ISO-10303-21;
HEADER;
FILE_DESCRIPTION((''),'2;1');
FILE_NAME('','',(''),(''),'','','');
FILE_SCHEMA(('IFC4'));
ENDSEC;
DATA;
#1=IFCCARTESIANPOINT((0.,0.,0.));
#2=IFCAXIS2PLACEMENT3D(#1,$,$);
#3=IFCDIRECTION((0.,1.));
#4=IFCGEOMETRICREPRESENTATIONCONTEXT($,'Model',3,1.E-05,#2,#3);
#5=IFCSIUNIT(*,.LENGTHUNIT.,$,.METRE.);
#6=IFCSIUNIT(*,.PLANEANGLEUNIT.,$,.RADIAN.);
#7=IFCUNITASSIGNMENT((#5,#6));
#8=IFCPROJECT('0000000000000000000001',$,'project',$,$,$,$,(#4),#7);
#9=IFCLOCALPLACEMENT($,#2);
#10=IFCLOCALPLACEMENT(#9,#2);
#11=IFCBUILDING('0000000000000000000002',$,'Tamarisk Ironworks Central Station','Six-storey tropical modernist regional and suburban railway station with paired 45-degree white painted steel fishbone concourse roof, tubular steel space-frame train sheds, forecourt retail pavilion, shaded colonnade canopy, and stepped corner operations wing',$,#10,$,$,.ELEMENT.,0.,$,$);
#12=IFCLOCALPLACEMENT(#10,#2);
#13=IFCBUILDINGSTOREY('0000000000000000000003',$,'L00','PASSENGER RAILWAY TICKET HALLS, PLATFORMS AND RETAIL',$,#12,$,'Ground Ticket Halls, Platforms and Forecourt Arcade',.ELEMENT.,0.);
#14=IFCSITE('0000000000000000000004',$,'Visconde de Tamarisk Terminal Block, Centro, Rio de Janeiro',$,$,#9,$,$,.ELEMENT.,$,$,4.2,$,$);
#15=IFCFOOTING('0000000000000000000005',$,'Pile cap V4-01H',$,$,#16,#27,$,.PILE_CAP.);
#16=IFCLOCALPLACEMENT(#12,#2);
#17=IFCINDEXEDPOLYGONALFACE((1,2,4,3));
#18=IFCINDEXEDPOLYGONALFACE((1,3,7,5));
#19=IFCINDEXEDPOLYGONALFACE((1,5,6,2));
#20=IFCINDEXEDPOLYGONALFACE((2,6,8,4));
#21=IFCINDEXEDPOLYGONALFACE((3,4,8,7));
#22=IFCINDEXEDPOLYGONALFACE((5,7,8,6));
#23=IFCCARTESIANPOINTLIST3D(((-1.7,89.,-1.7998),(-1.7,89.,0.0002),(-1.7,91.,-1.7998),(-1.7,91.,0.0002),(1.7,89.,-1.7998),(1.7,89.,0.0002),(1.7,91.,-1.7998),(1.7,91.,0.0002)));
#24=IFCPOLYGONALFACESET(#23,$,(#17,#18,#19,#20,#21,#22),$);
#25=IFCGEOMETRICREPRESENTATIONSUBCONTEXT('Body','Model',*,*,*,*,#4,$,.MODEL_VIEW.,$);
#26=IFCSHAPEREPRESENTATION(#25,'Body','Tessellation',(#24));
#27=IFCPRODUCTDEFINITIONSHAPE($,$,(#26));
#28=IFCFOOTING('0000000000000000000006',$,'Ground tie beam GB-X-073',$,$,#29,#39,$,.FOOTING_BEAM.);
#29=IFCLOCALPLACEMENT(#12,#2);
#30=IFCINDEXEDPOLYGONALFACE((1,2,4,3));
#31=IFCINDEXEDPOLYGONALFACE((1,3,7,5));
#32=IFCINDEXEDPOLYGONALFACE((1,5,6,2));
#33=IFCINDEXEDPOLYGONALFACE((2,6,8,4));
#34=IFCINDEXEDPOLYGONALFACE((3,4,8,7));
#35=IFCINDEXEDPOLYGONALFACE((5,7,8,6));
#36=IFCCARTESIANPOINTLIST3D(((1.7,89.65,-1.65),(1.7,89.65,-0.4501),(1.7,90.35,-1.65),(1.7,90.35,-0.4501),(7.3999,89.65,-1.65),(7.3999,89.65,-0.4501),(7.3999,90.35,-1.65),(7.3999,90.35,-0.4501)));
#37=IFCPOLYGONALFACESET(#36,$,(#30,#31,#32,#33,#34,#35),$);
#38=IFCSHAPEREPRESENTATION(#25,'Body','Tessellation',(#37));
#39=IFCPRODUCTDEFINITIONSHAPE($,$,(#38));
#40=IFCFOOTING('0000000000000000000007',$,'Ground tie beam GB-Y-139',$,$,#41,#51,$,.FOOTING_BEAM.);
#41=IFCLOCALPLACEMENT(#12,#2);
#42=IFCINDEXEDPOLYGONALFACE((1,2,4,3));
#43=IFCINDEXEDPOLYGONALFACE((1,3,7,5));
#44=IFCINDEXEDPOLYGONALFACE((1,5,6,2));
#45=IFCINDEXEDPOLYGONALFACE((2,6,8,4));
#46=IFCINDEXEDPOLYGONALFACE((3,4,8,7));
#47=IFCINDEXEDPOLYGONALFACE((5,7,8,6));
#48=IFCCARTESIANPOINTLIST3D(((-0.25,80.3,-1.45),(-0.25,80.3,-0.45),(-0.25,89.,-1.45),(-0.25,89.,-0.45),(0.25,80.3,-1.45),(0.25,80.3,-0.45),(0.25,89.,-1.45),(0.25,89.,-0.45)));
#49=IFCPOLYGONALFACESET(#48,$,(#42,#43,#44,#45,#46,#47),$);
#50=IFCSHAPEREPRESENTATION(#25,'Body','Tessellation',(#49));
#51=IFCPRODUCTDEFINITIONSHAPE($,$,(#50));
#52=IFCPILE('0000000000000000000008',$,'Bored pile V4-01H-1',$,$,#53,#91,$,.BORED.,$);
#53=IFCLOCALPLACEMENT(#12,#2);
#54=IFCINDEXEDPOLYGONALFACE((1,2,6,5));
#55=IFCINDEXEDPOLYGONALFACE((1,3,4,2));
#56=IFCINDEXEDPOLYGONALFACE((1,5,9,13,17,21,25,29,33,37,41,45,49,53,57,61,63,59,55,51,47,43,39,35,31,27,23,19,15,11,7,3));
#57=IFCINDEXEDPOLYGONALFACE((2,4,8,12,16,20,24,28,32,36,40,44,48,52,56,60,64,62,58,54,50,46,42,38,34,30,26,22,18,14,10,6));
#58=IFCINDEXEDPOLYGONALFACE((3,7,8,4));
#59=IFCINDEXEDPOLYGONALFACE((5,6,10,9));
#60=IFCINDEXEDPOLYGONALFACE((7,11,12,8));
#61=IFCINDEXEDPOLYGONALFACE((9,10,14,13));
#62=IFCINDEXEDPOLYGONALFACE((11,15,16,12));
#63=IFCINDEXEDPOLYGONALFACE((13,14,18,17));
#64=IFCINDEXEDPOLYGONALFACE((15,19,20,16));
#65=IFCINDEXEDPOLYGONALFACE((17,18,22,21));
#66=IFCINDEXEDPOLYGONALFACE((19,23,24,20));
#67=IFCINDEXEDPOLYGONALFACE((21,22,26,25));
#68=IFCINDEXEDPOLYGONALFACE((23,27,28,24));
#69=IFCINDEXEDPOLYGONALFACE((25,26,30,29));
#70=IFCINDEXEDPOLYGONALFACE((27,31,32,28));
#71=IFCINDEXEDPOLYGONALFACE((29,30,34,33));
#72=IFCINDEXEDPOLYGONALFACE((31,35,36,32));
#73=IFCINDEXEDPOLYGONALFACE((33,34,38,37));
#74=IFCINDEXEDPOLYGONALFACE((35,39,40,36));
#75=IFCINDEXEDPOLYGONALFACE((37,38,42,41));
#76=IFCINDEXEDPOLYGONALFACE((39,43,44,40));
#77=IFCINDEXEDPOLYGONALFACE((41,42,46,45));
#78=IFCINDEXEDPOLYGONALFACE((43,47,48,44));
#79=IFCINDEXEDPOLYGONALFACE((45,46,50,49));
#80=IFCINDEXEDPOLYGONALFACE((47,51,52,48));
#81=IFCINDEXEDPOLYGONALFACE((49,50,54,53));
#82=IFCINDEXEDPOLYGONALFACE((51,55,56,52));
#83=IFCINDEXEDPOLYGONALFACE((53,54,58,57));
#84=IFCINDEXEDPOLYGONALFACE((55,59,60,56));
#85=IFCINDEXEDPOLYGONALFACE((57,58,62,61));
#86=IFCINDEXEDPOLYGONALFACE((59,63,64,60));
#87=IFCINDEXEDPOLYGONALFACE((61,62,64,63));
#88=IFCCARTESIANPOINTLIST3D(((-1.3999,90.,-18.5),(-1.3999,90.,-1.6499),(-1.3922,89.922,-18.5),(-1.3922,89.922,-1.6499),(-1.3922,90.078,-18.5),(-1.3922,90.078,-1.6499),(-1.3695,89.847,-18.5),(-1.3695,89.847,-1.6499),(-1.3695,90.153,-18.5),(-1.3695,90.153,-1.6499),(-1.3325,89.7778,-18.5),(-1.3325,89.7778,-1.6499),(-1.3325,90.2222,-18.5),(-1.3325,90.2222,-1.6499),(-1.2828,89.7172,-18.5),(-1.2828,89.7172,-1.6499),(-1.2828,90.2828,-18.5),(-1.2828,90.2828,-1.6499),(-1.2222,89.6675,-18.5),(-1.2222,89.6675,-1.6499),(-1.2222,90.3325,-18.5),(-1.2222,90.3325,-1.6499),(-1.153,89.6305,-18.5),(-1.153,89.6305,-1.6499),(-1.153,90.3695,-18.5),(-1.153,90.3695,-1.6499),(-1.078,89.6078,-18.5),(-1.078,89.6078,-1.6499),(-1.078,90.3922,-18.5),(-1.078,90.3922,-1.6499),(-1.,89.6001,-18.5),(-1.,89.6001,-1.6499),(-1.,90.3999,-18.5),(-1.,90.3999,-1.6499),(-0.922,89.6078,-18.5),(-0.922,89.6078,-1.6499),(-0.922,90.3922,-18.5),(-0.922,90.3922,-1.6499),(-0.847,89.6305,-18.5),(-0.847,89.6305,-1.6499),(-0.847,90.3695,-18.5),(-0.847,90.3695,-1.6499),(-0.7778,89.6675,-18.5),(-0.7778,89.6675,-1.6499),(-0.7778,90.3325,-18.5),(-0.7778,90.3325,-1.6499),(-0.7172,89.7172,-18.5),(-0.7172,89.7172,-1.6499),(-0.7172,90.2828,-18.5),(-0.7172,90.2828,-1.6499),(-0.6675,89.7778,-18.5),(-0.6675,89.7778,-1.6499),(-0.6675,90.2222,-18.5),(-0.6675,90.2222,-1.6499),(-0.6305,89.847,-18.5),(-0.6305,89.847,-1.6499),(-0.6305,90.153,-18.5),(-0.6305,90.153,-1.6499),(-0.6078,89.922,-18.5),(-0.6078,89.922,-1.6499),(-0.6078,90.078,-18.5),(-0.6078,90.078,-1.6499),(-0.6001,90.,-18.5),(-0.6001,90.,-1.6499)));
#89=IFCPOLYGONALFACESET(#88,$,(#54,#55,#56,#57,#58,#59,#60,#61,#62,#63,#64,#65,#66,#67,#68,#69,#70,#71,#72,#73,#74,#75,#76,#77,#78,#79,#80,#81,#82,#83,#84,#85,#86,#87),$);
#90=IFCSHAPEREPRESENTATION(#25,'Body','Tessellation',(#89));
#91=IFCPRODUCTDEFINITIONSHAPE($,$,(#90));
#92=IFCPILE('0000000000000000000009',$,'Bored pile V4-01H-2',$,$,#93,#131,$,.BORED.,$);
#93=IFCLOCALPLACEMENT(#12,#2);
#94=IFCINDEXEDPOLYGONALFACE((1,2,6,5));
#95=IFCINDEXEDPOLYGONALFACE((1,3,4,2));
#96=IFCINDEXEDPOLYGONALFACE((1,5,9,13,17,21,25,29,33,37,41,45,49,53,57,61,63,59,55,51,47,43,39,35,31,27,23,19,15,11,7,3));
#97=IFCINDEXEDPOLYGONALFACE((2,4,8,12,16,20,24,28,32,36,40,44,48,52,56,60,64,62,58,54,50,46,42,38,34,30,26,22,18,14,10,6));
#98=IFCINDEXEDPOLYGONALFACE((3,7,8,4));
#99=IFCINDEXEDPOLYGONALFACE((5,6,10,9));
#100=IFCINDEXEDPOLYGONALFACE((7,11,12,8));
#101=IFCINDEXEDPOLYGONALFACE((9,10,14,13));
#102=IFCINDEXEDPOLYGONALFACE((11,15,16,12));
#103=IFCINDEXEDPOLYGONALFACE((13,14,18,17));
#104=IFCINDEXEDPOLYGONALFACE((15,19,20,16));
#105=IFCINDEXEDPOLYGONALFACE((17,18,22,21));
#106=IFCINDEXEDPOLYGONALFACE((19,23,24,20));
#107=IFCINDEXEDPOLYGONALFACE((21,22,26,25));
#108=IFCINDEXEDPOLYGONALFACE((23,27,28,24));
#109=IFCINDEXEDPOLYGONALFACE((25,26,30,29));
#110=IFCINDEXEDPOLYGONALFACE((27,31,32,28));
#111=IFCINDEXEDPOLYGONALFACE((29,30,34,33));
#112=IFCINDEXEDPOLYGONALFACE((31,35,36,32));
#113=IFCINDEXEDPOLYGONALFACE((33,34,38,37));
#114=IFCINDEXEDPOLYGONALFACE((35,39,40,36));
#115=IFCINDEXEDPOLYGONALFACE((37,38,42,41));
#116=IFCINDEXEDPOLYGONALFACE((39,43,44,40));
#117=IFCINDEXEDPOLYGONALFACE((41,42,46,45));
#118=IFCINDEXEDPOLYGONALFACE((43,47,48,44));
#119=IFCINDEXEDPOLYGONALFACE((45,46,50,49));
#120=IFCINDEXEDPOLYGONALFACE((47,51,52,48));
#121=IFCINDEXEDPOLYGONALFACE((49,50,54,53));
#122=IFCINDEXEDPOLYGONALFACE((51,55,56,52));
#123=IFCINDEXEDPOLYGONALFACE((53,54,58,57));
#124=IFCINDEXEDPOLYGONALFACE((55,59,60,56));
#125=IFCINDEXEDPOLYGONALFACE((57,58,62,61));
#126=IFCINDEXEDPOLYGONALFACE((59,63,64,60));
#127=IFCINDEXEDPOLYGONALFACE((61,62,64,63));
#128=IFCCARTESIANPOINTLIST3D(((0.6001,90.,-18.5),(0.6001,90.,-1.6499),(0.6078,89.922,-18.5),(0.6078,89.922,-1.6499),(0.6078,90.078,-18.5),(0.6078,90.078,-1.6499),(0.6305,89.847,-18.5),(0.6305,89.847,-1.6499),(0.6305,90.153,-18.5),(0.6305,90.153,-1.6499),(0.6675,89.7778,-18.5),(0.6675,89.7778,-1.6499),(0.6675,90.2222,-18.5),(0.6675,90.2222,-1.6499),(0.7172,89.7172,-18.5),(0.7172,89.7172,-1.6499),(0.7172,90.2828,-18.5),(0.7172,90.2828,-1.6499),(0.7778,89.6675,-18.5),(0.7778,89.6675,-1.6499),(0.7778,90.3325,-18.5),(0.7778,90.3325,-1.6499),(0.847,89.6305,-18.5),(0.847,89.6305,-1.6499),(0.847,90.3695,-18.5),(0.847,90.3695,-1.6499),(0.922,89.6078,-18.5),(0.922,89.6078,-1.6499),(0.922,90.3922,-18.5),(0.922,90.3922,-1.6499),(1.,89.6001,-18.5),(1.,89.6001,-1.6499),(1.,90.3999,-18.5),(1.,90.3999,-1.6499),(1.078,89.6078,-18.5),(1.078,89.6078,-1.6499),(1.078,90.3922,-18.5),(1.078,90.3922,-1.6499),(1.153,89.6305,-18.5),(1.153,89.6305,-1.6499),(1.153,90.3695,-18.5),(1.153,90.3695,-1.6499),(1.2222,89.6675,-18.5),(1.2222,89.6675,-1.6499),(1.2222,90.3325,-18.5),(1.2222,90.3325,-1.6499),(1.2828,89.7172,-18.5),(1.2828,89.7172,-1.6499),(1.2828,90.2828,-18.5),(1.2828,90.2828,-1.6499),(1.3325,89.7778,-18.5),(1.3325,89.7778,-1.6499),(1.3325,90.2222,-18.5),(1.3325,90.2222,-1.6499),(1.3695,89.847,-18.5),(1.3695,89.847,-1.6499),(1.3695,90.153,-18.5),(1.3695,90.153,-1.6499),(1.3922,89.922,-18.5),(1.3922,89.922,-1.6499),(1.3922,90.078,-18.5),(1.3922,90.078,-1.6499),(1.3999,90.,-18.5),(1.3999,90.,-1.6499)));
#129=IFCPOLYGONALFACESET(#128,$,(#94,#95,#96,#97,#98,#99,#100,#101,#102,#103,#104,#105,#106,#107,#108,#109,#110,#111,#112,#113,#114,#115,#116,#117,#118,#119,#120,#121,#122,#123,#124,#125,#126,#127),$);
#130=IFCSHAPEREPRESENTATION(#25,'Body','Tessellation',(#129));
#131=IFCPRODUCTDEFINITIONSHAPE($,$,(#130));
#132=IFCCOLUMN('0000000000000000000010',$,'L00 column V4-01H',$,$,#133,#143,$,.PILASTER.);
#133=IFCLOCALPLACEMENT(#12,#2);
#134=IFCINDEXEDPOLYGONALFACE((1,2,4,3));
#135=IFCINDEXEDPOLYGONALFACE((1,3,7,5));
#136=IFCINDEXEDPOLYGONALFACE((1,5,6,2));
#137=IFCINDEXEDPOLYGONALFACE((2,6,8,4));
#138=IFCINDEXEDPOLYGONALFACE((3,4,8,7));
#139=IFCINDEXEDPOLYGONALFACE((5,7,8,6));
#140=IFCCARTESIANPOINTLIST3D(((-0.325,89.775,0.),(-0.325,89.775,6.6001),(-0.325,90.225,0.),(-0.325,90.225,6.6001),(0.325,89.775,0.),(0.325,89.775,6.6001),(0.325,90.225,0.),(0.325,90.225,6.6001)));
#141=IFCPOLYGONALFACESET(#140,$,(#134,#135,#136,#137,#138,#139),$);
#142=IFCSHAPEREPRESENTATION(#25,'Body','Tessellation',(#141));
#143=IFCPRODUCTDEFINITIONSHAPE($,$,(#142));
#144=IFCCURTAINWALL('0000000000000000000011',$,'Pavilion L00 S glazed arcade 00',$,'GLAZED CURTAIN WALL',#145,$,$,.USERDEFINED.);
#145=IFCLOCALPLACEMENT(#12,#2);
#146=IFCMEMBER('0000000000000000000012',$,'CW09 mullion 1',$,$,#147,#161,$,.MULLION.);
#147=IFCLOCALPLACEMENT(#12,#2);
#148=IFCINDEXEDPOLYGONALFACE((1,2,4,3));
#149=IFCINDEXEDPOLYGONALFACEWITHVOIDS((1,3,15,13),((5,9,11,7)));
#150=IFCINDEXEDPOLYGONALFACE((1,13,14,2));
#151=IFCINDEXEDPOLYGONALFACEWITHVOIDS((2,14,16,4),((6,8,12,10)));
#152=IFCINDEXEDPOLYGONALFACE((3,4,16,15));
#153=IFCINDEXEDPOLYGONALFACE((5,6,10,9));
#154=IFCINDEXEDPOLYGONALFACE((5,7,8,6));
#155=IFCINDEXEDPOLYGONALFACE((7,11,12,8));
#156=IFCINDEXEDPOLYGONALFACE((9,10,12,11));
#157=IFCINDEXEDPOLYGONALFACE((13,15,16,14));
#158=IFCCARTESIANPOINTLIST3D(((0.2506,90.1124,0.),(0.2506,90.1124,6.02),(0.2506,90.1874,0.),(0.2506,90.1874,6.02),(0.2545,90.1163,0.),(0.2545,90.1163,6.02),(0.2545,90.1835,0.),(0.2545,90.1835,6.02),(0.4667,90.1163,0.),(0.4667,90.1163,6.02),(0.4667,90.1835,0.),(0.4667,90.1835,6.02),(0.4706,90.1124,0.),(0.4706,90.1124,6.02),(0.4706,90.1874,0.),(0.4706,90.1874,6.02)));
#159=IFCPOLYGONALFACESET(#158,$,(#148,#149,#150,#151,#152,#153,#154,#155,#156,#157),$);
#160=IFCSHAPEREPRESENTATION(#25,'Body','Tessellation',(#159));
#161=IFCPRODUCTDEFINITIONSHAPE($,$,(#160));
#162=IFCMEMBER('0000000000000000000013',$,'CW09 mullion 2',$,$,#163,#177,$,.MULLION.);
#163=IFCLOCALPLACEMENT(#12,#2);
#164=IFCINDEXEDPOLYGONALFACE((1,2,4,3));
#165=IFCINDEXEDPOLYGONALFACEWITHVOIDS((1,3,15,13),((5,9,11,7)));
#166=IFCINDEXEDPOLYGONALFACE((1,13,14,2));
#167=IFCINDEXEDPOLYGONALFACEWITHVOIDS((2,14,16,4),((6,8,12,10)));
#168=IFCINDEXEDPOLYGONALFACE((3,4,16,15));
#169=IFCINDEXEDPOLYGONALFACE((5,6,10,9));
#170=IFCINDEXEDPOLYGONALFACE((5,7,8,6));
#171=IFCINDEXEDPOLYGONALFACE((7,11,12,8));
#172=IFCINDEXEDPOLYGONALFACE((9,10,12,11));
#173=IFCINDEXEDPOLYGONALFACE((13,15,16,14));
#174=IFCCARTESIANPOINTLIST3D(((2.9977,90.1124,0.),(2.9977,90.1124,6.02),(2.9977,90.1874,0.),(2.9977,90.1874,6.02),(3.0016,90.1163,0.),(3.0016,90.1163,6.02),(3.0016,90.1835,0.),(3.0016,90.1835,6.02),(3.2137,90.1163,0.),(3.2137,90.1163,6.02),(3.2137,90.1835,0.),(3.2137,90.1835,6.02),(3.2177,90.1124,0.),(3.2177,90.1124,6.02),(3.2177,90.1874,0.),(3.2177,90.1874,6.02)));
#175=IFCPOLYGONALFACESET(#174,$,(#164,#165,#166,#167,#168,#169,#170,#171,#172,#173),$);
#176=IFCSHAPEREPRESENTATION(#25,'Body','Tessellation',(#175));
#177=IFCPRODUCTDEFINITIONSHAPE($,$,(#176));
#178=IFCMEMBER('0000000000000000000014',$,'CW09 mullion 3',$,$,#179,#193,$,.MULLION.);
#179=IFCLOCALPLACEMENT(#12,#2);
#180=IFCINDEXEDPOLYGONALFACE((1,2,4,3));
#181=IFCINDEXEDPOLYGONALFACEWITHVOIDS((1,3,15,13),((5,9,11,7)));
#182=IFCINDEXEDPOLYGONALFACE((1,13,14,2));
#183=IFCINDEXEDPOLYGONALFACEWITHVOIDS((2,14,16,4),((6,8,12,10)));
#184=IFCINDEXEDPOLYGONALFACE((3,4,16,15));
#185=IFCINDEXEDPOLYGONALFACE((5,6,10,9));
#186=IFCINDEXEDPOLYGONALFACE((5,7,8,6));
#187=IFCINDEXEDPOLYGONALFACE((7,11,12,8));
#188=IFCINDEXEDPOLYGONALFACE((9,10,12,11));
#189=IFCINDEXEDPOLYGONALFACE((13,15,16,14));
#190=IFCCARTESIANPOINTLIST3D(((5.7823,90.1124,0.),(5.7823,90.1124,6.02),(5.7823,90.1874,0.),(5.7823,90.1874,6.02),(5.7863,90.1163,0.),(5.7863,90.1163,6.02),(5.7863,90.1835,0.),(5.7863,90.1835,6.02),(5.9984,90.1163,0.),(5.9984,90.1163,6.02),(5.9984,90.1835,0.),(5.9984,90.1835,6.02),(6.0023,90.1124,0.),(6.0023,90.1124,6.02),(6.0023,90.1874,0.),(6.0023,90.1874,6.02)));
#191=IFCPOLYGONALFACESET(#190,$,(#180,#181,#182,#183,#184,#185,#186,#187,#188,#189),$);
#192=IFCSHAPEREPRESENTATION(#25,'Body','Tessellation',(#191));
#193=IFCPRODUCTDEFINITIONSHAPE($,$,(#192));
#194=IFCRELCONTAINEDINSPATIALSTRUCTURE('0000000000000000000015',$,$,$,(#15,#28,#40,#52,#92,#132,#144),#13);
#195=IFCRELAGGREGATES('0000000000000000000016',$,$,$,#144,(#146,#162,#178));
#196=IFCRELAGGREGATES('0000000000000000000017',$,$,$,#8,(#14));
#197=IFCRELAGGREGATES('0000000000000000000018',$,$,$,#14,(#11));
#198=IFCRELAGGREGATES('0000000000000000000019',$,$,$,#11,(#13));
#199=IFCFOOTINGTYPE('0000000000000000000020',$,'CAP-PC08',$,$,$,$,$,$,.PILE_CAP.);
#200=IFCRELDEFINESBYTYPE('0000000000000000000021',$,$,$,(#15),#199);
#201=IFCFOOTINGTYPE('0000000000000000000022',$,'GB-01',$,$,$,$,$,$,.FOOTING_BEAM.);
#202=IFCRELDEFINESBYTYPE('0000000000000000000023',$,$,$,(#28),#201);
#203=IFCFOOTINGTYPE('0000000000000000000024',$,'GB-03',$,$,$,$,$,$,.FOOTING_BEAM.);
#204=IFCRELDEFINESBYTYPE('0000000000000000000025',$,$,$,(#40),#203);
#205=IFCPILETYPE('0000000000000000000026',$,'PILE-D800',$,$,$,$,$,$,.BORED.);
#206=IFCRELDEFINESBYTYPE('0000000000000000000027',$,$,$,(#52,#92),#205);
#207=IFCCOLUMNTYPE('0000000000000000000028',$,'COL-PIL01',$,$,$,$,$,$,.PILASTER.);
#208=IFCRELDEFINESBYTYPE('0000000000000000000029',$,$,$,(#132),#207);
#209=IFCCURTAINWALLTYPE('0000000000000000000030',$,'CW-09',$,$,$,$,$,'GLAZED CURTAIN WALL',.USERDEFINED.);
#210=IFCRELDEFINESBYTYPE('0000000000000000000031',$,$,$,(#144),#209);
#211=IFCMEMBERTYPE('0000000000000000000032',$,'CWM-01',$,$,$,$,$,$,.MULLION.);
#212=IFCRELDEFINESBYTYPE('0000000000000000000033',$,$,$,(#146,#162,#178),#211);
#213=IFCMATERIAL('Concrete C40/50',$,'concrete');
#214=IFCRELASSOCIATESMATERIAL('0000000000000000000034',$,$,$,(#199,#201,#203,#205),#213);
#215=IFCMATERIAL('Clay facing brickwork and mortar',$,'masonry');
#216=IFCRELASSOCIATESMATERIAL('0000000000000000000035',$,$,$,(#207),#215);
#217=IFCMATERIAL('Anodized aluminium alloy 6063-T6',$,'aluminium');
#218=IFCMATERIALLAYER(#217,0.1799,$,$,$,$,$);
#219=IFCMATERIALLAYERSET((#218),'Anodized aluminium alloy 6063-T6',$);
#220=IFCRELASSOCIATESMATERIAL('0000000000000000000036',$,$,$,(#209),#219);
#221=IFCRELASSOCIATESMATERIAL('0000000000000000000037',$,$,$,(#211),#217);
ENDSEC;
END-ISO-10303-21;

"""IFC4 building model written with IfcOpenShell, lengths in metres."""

from ifc_helpers import new_model, si_unit, direction, frame, origin, origin_2d, place, context, subcontext, project, spatial, rectangle, hollow_rectangle, circle, extrude, material, layer, layer_set, material_profile, profile_set, type_object, element, aggregate, save


model = new_model("IFC4")

# Units and contexts
model_context = context("Model", 3, precision=1e-05, world=origin(), true_north=direction((0.0, 1.0)))
body_context = subcontext(model_context, "Body", "Model", "MODEL_VIEW")
ifc_project = project(units=[si_unit("LENGTHUNIT", "METRE"), si_unit("PLANEANGLEUNIT", "RADIAN")], contexts=[model_context])

# Site, building, storey
site_placement = place(None, origin())
site = spatial("IfcSite", under=ifc_project, at=site_placement, Name="Visconde de Tamarisk Terminal Block, Centro, Rio de Janeiro", CompositionType="ELEMENT", RefElevation=4.2)
building_placement = place(site_placement, origin())
building = spatial("IfcBuilding", under=site, at=building_placement, Name="Tamarisk Ironworks Central Station", Description="Six-storey tropical modernist regional and suburban railway station with paired 45-degree white painted steel fishbone concourse roof, tubular steel space-frame train sheds, forecourt retail pavilion, shaded colonnade canopy, and stepped corner operations wing", CompositionType="ELEMENT", ElevationOfRefHeight=0.0)
storey_placement = place(building_placement, origin())
storey = spatial("IfcBuildingStorey", under=building, at=storey_placement, Name="L00", Description="PASSENGER RAILWAY TICKET HALLS, PLATFORMS AND RETAIL", LongName="Ground Ticket Halls, Platforms and Forecourt Arcade", CompositionType="ELEMENT", Elevation=0.0)

# Footings
ifc_material_1 = material(Name="Concrete C40/50", Category="concrete")
footing_type_1 = type_object("IfcFootingType", Name="CAP-PC08", PredefinedType="PILE_CAP", material=ifc_material_1)
footing_1_placement = place(storey_placement, frame((0.0, 90.0, -1.7998), z_axis=(0.0, 0.0, 1.0), x_axis=(1.0, 0.0, 0.0)))
element("IfcFooting", 1, at=footing_1_placement, inside=storey, type_object=footing_type_1, Name="Pile cap V4-01H", PredefinedType="PILE_CAP", context=body_context, shape_type="SweptSolid", body=[
    extrude(rectangle(XDim=3.3999, YDim=2.0, at=origin_2d()), origin(), (0.0, 0.0, 1.0), 1.8),
])
ifc_material_profile_1 = material_profile(ifc_material_1, rectangle(XDim=0.7, YDim=1.2, at=origin_2d()), Name="GB01 700x1200")
ifc_profile_set_1 = profile_set([ifc_material_profile_1], Name="Concrete C40/50")
footing_type_2 = type_object("IfcFootingType", Name="GB-01", PredefinedType="FOOTING_BEAM", material=ifc_profile_set_1)
footing_2_placement = place(storey_placement, frame((1.7, 90.0, -1.05), z_axis=(1.0, 0.0, 0.0), x_axis=(0.0, 1.0, 0.0)))
element("IfcFooting", 2, at=footing_2_placement, inside=storey, type_object=footing_type_2, Name="Ground tie beam GB-X-073", PredefinedType="FOOTING_BEAM", context=body_context, shape_type="SweptSolid", body=[
    extrude(rectangle(XDim=0.7, YDim=1.2, at=origin_2d()), origin(), (0.0, 0.0, 1.0), 5.7),
])
ifc_material_profile_2 = material_profile(ifc_material_1, rectangle(XDim=0.5, YDim=1.0, at=origin_2d()), Name="GB03 500x1000")
ifc_profile_set_2 = profile_set([ifc_material_profile_2], Name="Concrete C40/50")
footing_type_3 = type_object("IfcFootingType", Name="GB-03", PredefinedType="FOOTING_BEAM", material=ifc_profile_set_2)
footing_3_placement = place(storey_placement, frame((0.0, 80.3, -0.95), z_axis=(0.0, 1.0, 0.0), x_axis=(-1.0, 0.0, 0.0)))
element("IfcFooting", 3, at=footing_3_placement, inside=storey, type_object=footing_type_3, Name="Ground tie beam GB-Y-139", PredefinedType="FOOTING_BEAM", context=body_context, shape_type="SweptSolid", body=[
    extrude(rectangle(XDim=0.5, YDim=1.0, at=origin_2d()), origin(), (0.0, 0.0, 1.0), 8.7),
])

# Piles
ifc_material_profile_3 = material_profile(ifc_material_1, circle(Radius=0.3999, at=origin_2d()), Name="BORED PILE D800")
ifc_profile_set_3 = profile_set([ifc_material_profile_3], Name="Concrete C40/50")
pile_type = type_object("IfcPileType", Name="PILE-D800", PredefinedType="BORED", material=ifc_profile_set_3)
for number, where, z_axis, x_axis, name in (
    (4, (-1.0, 90.0, -1.6499), (0.0, 0.0, -1.0), (1.0, 0.0, 0.0), "Bored pile V4-01H-1"),
    (5, (1.0, 90.0, -1.6499), (0.0, 0.0, -1.0), (1.0, 0.0, 0.0), "Bored pile V4-01H-2"),
):
    element("IfcPile", number, at=place(storey_placement, frame(where, z_axis=z_axis, x_axis=x_axis)), inside=storey, type_object=pile_type, Name=name, PredefinedType="BORED", context=body_context, shape_type="SweptSolid", body=[
        extrude(circle(Radius=0.3999, at=origin_2d()), origin(), (0.0, 0.0, 1.0), 16.8501),
    ])

# Column
ifc_material_2 = material(Name="Clay facing brickwork and mortar", Category="masonry")
ifc_material_profile_4 = material_profile(ifc_material_2, rectangle(XDim=0.6499, YDim=0.45, at=origin_2d()), Name="PIL 650x450")
ifc_profile_set_4 = profile_set([ifc_material_profile_4], Name="Clay facing brickwork and mortar")
column_type = type_object("IfcColumnType", Name="COL-PIL01", PredefinedType="PILASTER", material=ifc_profile_set_4)
column_placement = place(storey_placement, frame((0.0, 90.0, 0.0), z_axis=(0.0, 0.0, 1.0), x_axis=(1.0, 0.0, 0.0)))
element("IfcColumn", 6, at=column_placement, inside=storey, type_object=column_type, Name="L00 column V4-01H", PredefinedType="PILASTER", context=body_context, shape_type="SweptSolid", body=[
    extrude(rectangle(XDim=0.6499, YDim=0.45, at=origin_2d()), origin(), (0.0, 0.0, 1.0), 6.6001),
])

# Curtain wall, members
ifc_material_3 = material(Name="Anodized aluminium alloy 6063-T6", Category="aluminium")
ifc_layer_1 = layer(ifc_material_3, 0.1799)
ifc_layer_set_1 = layer_set([ifc_layer_1], Name="Anodized aluminium alloy 6063-T6")
curtain_wall_type = type_object("IfcCurtainWallType", Name="CW-09", ElementType="GLAZED CURTAIN WALL", PredefinedType="USERDEFINED", material=ifc_layer_set_1)
curtain_wall_placement = place(storey_placement, origin())
curtain_wall = element("IfcCurtainWall", 7, at=curtain_wall_placement, inside=storey, type_object=curtain_wall_type, Name="Pavilion L00 S glazed arcade 00", ObjectType="GLAZED CURTAIN WALL", PredefinedType="USERDEFINED")
ifc_material_profile_5 = material_profile(ifc_material_3, hollow_rectangle(XDim=0.075, YDim=0.22, WallThickness=0.0039, at=origin_2d()), Name="ALUM 220x75")
ifc_profile_set_5 = profile_set([ifc_material_profile_5], Name="Anodized aluminium alloy 6063-T6")
member_type_1 = type_object("IfcMemberType", Name="CWM-01", PredefinedType="MULLION", material=ifc_profile_set_5)
member_1_placement = place(storey_placement, frame((0.3606, 90.1499, 0.0), z_axis=(0.0, 0.0, 1.0), x_axis=(0.0, 1.0, 0.0)))
member_1 = element("IfcMember", 8, at=member_1_placement, type_object=member_type_1, Name="CW09 mullion 1", PredefinedType="MULLION", context=body_context, shape_type="SweptSolid", body=[
    extrude(hollow_rectangle(XDim=0.075, YDim=0.22, WallThickness=0.0039, at=origin_2d()), origin(), (0.0, 0.0, 1.0), 6.02),
])
member_2_placement = place(storey_placement, frame((3.1077, 90.1499, 0.0), z_axis=(0.0, 0.0, 1.0), x_axis=(0.0, 1.0, 0.0)))
member_2 = element("IfcMember", 9, at=member_2_placement, type_object=member_type_1, Name="CW09 mullion 2", PredefinedType="MULLION", context=body_context, shape_type="SweptSolid", body=[
    extrude(hollow_rectangle(XDim=0.075, YDim=0.22, WallThickness=0.0039, at=origin_2d()), origin(), (0.0, 0.0, 1.0), 6.02),
])
member_3_placement = place(storey_placement, frame((5.8923, 90.1499, 0.0), z_axis=(0.0, 0.0, 1.0), x_axis=(0.0, 1.0, 0.0)))
member_3 = element("IfcMember", 10, at=member_3_placement, type_object=member_type_1, Name="CW09 mullion 3", PredefinedType="MULLION", context=body_context, shape_type="SweptSolid", body=[
    extrude(hollow_rectangle(XDim=0.075, YDim=0.22, WallThickness=0.0039, at=origin_2d()), origin(), (0.0, 0.0, 1.0), 6.02),
])
aggregate(curtain_wall, [member_1, member_2, member_3])

save(model, "model.ifc")
